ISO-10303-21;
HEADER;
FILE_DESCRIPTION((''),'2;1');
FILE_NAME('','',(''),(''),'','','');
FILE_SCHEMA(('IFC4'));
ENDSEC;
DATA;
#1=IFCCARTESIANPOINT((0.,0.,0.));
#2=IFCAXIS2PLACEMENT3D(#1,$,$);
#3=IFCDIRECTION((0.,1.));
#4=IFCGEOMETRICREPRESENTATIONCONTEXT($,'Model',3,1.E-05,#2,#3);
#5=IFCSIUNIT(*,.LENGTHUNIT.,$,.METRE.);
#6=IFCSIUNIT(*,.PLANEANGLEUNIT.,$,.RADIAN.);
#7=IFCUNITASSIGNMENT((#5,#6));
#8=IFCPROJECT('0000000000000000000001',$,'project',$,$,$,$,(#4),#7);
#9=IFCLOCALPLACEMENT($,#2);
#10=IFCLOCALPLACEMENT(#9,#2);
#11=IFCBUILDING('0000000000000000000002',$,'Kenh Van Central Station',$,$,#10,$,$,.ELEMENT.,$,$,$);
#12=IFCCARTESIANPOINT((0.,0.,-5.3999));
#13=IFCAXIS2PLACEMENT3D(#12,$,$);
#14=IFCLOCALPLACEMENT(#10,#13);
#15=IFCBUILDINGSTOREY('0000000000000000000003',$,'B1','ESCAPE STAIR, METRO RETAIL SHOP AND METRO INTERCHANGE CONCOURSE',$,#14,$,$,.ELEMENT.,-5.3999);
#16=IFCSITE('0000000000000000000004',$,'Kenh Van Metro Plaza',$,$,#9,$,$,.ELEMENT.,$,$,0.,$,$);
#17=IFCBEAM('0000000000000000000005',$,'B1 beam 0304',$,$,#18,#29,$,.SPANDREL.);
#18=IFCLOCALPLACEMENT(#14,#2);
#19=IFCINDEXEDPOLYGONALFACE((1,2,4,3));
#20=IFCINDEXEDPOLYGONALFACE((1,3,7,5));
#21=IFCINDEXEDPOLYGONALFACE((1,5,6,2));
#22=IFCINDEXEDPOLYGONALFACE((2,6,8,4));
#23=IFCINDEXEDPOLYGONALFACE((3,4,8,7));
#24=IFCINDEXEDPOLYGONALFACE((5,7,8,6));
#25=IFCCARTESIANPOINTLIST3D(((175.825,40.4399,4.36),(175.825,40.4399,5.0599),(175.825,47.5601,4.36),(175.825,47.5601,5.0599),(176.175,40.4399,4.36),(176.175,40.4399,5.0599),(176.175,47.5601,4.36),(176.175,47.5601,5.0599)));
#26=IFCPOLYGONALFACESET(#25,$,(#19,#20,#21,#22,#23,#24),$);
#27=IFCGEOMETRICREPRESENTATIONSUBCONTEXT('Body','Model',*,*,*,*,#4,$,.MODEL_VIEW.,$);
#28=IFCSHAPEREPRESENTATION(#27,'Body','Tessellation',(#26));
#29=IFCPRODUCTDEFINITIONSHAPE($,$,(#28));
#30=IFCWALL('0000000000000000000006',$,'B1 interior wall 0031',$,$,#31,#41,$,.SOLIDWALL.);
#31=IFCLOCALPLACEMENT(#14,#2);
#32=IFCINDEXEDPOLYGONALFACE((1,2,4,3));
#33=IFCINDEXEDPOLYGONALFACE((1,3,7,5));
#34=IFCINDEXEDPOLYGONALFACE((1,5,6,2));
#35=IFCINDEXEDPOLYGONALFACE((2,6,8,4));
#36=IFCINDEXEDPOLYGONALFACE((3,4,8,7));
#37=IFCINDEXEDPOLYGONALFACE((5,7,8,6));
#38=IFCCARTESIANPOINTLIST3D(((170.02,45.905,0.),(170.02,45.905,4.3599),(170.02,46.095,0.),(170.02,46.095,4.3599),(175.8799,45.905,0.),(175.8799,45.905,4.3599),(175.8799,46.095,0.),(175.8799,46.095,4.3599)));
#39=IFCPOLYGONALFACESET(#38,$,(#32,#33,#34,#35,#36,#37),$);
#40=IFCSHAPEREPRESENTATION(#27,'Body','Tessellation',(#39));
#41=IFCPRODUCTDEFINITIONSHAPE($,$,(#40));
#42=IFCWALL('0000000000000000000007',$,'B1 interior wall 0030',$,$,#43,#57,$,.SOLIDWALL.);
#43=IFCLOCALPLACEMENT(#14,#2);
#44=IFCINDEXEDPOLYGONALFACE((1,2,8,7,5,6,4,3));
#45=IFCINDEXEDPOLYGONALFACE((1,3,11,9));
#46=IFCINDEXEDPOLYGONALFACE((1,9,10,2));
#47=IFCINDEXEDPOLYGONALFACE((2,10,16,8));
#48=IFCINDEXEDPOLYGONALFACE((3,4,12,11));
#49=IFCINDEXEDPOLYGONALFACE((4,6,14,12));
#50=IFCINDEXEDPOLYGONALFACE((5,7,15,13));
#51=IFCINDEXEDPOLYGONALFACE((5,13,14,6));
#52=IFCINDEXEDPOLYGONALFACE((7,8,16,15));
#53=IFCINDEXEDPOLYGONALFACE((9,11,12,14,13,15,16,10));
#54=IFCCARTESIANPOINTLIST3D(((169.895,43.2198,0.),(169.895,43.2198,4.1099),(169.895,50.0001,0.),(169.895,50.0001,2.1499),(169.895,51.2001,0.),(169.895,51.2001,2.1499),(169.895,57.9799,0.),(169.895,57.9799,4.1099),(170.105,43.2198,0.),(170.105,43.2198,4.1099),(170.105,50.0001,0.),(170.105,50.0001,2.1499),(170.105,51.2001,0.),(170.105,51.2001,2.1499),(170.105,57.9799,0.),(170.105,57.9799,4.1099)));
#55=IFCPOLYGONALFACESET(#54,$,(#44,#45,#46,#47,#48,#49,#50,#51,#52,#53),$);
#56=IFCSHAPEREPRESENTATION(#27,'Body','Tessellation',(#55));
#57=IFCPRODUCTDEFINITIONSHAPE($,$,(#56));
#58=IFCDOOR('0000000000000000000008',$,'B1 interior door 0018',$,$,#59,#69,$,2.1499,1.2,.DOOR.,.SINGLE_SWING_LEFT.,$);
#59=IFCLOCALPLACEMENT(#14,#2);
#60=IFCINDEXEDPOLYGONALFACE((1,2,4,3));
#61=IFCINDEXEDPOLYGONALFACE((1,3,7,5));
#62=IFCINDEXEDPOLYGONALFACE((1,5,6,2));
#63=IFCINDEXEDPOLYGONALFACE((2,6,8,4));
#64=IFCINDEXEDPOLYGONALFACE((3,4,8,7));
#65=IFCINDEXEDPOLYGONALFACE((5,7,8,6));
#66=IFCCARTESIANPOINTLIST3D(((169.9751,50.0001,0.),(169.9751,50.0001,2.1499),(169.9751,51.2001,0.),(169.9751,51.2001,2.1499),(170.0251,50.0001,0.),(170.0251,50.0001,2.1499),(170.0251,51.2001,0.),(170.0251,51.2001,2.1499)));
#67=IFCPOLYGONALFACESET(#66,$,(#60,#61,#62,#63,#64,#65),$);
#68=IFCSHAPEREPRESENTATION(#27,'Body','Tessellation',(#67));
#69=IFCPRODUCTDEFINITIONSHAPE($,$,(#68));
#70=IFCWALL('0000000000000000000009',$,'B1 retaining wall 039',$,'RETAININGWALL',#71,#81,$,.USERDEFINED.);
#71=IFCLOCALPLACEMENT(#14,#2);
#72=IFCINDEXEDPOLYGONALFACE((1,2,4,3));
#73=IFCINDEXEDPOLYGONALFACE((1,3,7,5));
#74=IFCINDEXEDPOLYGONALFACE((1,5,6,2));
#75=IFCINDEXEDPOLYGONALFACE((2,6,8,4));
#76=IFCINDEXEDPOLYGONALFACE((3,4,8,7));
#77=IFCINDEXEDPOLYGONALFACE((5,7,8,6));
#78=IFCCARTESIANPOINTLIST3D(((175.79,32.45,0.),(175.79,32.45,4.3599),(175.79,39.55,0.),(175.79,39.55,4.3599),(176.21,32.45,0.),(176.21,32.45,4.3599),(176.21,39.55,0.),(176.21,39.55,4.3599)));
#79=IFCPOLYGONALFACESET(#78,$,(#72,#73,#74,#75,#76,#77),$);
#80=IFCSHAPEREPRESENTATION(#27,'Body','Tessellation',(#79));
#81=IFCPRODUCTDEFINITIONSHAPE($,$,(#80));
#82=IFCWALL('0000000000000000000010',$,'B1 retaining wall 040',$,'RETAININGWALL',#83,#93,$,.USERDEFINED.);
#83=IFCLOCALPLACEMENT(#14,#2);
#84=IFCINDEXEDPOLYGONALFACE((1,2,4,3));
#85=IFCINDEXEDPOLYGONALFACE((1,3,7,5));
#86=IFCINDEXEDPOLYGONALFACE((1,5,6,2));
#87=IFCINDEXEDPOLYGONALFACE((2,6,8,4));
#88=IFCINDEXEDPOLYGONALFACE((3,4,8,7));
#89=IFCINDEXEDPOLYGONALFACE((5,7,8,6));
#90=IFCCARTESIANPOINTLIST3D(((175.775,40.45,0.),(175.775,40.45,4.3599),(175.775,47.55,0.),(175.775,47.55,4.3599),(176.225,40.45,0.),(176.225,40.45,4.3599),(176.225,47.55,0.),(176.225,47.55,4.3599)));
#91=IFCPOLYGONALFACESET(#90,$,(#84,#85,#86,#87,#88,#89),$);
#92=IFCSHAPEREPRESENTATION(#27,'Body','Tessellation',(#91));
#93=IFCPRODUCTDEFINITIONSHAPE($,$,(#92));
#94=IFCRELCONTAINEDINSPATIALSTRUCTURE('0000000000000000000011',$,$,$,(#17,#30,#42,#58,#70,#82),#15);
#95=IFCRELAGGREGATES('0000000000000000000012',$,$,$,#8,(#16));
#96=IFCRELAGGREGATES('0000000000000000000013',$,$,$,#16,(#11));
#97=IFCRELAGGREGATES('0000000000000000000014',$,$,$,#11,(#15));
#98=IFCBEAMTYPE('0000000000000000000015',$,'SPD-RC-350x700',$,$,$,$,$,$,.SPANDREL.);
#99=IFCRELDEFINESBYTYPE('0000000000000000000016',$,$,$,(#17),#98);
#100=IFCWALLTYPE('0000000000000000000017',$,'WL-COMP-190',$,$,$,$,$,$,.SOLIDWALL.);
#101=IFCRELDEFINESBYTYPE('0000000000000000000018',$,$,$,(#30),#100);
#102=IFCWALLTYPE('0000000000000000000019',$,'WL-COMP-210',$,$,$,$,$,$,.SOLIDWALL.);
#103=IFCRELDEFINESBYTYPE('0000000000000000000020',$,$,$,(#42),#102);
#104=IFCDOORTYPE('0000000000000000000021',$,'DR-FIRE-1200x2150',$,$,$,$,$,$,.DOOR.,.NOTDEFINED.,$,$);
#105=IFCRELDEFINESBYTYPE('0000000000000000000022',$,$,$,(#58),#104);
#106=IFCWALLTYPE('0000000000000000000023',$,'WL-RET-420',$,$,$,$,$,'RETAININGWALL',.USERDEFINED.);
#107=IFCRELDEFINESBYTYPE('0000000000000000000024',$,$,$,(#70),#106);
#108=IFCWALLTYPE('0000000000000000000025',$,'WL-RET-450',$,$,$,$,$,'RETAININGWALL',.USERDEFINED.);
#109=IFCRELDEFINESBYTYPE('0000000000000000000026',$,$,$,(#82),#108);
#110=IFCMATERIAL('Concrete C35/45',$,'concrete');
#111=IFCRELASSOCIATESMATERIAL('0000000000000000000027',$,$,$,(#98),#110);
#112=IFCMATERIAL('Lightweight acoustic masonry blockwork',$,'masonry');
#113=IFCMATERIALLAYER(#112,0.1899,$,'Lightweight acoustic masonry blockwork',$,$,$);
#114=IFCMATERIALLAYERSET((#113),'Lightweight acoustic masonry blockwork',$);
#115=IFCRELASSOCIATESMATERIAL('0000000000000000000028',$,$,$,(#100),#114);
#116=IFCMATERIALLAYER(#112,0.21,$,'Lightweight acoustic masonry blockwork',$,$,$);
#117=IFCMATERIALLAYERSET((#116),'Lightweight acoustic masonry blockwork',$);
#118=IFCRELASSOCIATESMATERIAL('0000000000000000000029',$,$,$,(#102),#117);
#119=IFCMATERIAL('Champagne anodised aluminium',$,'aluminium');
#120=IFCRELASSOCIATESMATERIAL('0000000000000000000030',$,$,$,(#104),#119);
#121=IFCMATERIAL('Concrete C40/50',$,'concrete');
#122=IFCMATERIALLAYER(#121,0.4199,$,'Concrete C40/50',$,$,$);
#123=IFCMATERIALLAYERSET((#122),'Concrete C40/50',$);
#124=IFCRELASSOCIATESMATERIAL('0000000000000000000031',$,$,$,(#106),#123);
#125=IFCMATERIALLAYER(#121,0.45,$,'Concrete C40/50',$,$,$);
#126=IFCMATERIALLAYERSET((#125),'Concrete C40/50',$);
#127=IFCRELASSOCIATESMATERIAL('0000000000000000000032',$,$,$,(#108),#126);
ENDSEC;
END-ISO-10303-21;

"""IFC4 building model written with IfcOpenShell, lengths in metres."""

from ifc_helpers import new_model, si_unit, direction, frame, frame_2d, origin, origin_2d, place, context, subcontext, project, spatial, rectangle, extrude, material, layer, layer_set, material_profile, profile_set, type_object, element, fill, save


model = new_model("IFC4")

# Units and contexts
model_context = context("Model", 3, precision=1e-05, world=origin(), true_north=direction((0.0, 1.0)))
body_context = subcontext(model_context, "Body", "Model", "MODEL_VIEW")
ifc_project = project(units=[si_unit("LENGTHUNIT", "METRE"), si_unit("PLANEANGLEUNIT", "RADIAN")], contexts=[model_context])

# Site, building, storey
site_placement = place(None, origin())
site = spatial("IfcSite", under=ifc_project, at=site_placement, Name="Kenh Van Metro Plaza", CompositionType="ELEMENT", RefElevation=0.0)
building_placement = place(site_placement, origin())
building = spatial("IfcBuilding", under=site, at=building_placement, Name="Kenh Van Central Station", CompositionType="ELEMENT")
storey_placement = place(building_placement, frame((0.0, 0.0, -5.3999)))
storey = spatial("IfcBuildingStorey", under=building, at=storey_placement, Name="B1", Description="ESCAPE STAIR, METRO RETAIL SHOP AND METRO INTERCHANGE CONCOURSE", CompositionType="ELEMENT", Elevation=-5.3999)

# Shared definitions
ifc_material_1 = material(Name="Concrete C40/50", Category="concrete")

# Beam
ifc_material_2 = material(Name="Concrete C35/45", Category="concrete")
ifc_material_profile_1 = material_profile(ifc_material_2, rectangle(XDim=0.3501, YDim=0.7, at=origin_2d()), Name="RC 350x700")
ifc_profile_set_1 = profile_set([ifc_material_profile_1], Name="Concrete C35/45")
beam_type_1 = type_object("IfcBeamType", Name="SPD-RC-350x700", PredefinedType="SPANDREL", material=ifc_profile_set_1)
for number, where, z_axis, x_axis, name in (
    (1, (176.0, 40.4399, 4.71), (0.0, 1.0, 0.0), (-1.0, 0.0, 0.0), "B1 beam 0304"),
):
    element("IfcBeam", number, at=place(storey_placement, frame(where, z_axis=z_axis, x_axis=x_axis)), inside=storey, type_object=beam_type_1, Name=name, PredefinedType="SPANDREL", context=body_context, shape_type="SweptSolid", body=[
        extrude(rectangle(XDim=0.3501, YDim=0.7, at=origin_2d()), origin(), (0.0, 0.0, 1.0), 7.1201),
    ])

# Wall
ifc_material_3 = material(Name="Lightweight acoustic masonry blockwork", Category="masonry")
ifc_layer_1 = layer(ifc_material_3, 0.1899, Name="Lightweight acoustic masonry blockwork")
ifc_layer_set_1 = layer_set([ifc_layer_1], Name="Lightweight acoustic masonry blockwork")
wall_type_1 = type_object("IfcWallType", Name="WL-COMP-190", PredefinedType="SOLIDWALL", material=ifc_layer_set_1)
wall_1_placement = place(storey_placement, frame((170.02, 46.0, 0.0), z_axis=(0.0, 0.0, 1.0), x_axis=(1.0, 0.0, 0.0)))
element("IfcWall", 2, at=wall_1_placement, inside=storey, type_object=wall_type_1, Name="B1 interior wall 0031", PredefinedType="SOLIDWALL", context=body_context, shape_type="SweptSolid", body=[
    extrude(rectangle(XDim=5.8599, YDim=0.1899, at=frame_2d((2.9299, 0.0))), origin(), (0.0, 0.0, 1.0), 4.3599),
])

# Wall, opening, door
ifc_layer_2 = layer(ifc_material_3, 0.21, Name="Lightweight acoustic masonry blockwork")
ifc_layer_set_2 = layer_set([ifc_layer_2], Name="Lightweight acoustic masonry blockwork")
wall_type_2 = type_object("IfcWallType", Name="WL-COMP-210", PredefinedType="SOLIDWALL", material=ifc_layer_set_2)
wall_2_placement = place(storey_placement, frame((170.0, 43.22, 0.0), z_axis=(0.0, 0.0, 1.0), x_axis=(0.0, 1.0, 0.0)))
wall_2 = element("IfcWall", 3, at=wall_2_placement, inside=storey, type_object=wall_type_2, Name="B1 interior wall 0030", PredefinedType="SOLIDWALL", context=body_context, shape_type="SweptSolid", body=[
    extrude(rectangle(XDim=14.76, YDim=0.21, at=frame_2d((7.3799, 0.0))), origin(), (0.0, 0.0, 1.0), 4.1099),
])
opening_placement = place(wall_2_placement, frame((6.78, 0.0, 0.0)))
opening = element("IfcOpeningElement", 4, at=opening_placement, cuts=wall_2, PredefinedType="OPENING", context=body_context, shape_type="SweptSolid", body=[
    extrude(rectangle(XDim=1.2, YDim=2.1499, at=frame_2d((0.6001, 1.075))), frame((0.0, 0.115, 0.0), z_axis=(0.0, -1.0, 0.0), x_axis=(1.0, 0.0, 0.0)), (0.0, 0.0, 1.0), 0.23),
])
ifc_material_4 = material(Name="Champagne anodised aluminium", Category="aluminium")
door_type = type_object("IfcDoorType", Name="DR-FIRE-1200x2150", OperationType="NOTDEFINED", PredefinedType="DOOR", material=ifc_material_4)
door_placement = place(opening_placement, origin())
door = element("IfcDoor", 5, at=door_placement, inside=storey, type_object=door_type, Name="B1 interior door 0018", OperationType="SINGLE_SWING_LEFT", OverallHeight=2.1499, OverallWidth=1.2, PredefinedType="DOOR", context=body_context, shape_type="SweptSolid", body=[
    extrude(rectangle(XDim=1.2, YDim=2.1499, at=frame_2d((0.6001, 1.075))), frame((0.0, 0.0249, 0.0), z_axis=(0.0, -1.0, 0.0), x_axis=(1.0, 0.0, 0.0)), (0.0, 0.0, 1.0), 0.05),
])
fill(opening, door)

# Walls
ifc_layer_3 = layer(ifc_material_1, 0.4199, Name="Concrete C40/50")
ifc_layer_set_3 = layer_set([ifc_layer_3], Name="Concrete C40/50")
wall_type_3 = type_object("IfcWallType", Name="WL-RET-420", ElementType="RETAININGWALL", PredefinedType="USERDEFINED", material=ifc_layer_set_3)
wall_3_placement = place(storey_placement, frame((176.0, 32.45, 0.0), z_axis=(0.0, 0.0, 1.0), x_axis=(0.0, 1.0, 0.0)))
element("IfcWall", 6, at=wall_3_placement, inside=storey, type_object=wall_type_3, Name="B1 retaining wall 039", ObjectType="RETAININGWALL", PredefinedType="USERDEFINED", context=body_context, shape_type="SweptSolid", body=[
    extrude(rectangle(XDim=7.1001, YDim=0.4199, at=frame_2d((3.55, 0.0))), origin(), (0.0, 0.0, 1.0), 4.3599),
])
ifc_layer_4 = layer(ifc_material_1, 0.45, Name="Concrete C40/50")
ifc_layer_set_4 = layer_set([ifc_layer_4], Name="Concrete C40/50")
wall_type_4 = type_object("IfcWallType", Name="WL-RET-450", ElementType="RETAININGWALL", PredefinedType="USERDEFINED", material=ifc_layer_set_4)
wall_4_placement = place(storey_placement, frame((176.0, 40.45, 0.0), z_axis=(0.0, 0.0, 1.0), x_axis=(0.0, 1.0, 0.0)))
element("IfcWall", 7, at=wall_4_placement, inside=storey, type_object=wall_type_4, Name="B1 retaining wall 040", ObjectType="RETAININGWALL", PredefinedType="USERDEFINED", context=body_context, shape_type="SweptSolid", body=[
    extrude(rectangle(XDim=7.1001, YDim=0.45, at=frame_2d((3.55, 0.0))), origin(), (0.0, 0.0, 1.0), 4.3599),
])

save(model, "model.ifc")
